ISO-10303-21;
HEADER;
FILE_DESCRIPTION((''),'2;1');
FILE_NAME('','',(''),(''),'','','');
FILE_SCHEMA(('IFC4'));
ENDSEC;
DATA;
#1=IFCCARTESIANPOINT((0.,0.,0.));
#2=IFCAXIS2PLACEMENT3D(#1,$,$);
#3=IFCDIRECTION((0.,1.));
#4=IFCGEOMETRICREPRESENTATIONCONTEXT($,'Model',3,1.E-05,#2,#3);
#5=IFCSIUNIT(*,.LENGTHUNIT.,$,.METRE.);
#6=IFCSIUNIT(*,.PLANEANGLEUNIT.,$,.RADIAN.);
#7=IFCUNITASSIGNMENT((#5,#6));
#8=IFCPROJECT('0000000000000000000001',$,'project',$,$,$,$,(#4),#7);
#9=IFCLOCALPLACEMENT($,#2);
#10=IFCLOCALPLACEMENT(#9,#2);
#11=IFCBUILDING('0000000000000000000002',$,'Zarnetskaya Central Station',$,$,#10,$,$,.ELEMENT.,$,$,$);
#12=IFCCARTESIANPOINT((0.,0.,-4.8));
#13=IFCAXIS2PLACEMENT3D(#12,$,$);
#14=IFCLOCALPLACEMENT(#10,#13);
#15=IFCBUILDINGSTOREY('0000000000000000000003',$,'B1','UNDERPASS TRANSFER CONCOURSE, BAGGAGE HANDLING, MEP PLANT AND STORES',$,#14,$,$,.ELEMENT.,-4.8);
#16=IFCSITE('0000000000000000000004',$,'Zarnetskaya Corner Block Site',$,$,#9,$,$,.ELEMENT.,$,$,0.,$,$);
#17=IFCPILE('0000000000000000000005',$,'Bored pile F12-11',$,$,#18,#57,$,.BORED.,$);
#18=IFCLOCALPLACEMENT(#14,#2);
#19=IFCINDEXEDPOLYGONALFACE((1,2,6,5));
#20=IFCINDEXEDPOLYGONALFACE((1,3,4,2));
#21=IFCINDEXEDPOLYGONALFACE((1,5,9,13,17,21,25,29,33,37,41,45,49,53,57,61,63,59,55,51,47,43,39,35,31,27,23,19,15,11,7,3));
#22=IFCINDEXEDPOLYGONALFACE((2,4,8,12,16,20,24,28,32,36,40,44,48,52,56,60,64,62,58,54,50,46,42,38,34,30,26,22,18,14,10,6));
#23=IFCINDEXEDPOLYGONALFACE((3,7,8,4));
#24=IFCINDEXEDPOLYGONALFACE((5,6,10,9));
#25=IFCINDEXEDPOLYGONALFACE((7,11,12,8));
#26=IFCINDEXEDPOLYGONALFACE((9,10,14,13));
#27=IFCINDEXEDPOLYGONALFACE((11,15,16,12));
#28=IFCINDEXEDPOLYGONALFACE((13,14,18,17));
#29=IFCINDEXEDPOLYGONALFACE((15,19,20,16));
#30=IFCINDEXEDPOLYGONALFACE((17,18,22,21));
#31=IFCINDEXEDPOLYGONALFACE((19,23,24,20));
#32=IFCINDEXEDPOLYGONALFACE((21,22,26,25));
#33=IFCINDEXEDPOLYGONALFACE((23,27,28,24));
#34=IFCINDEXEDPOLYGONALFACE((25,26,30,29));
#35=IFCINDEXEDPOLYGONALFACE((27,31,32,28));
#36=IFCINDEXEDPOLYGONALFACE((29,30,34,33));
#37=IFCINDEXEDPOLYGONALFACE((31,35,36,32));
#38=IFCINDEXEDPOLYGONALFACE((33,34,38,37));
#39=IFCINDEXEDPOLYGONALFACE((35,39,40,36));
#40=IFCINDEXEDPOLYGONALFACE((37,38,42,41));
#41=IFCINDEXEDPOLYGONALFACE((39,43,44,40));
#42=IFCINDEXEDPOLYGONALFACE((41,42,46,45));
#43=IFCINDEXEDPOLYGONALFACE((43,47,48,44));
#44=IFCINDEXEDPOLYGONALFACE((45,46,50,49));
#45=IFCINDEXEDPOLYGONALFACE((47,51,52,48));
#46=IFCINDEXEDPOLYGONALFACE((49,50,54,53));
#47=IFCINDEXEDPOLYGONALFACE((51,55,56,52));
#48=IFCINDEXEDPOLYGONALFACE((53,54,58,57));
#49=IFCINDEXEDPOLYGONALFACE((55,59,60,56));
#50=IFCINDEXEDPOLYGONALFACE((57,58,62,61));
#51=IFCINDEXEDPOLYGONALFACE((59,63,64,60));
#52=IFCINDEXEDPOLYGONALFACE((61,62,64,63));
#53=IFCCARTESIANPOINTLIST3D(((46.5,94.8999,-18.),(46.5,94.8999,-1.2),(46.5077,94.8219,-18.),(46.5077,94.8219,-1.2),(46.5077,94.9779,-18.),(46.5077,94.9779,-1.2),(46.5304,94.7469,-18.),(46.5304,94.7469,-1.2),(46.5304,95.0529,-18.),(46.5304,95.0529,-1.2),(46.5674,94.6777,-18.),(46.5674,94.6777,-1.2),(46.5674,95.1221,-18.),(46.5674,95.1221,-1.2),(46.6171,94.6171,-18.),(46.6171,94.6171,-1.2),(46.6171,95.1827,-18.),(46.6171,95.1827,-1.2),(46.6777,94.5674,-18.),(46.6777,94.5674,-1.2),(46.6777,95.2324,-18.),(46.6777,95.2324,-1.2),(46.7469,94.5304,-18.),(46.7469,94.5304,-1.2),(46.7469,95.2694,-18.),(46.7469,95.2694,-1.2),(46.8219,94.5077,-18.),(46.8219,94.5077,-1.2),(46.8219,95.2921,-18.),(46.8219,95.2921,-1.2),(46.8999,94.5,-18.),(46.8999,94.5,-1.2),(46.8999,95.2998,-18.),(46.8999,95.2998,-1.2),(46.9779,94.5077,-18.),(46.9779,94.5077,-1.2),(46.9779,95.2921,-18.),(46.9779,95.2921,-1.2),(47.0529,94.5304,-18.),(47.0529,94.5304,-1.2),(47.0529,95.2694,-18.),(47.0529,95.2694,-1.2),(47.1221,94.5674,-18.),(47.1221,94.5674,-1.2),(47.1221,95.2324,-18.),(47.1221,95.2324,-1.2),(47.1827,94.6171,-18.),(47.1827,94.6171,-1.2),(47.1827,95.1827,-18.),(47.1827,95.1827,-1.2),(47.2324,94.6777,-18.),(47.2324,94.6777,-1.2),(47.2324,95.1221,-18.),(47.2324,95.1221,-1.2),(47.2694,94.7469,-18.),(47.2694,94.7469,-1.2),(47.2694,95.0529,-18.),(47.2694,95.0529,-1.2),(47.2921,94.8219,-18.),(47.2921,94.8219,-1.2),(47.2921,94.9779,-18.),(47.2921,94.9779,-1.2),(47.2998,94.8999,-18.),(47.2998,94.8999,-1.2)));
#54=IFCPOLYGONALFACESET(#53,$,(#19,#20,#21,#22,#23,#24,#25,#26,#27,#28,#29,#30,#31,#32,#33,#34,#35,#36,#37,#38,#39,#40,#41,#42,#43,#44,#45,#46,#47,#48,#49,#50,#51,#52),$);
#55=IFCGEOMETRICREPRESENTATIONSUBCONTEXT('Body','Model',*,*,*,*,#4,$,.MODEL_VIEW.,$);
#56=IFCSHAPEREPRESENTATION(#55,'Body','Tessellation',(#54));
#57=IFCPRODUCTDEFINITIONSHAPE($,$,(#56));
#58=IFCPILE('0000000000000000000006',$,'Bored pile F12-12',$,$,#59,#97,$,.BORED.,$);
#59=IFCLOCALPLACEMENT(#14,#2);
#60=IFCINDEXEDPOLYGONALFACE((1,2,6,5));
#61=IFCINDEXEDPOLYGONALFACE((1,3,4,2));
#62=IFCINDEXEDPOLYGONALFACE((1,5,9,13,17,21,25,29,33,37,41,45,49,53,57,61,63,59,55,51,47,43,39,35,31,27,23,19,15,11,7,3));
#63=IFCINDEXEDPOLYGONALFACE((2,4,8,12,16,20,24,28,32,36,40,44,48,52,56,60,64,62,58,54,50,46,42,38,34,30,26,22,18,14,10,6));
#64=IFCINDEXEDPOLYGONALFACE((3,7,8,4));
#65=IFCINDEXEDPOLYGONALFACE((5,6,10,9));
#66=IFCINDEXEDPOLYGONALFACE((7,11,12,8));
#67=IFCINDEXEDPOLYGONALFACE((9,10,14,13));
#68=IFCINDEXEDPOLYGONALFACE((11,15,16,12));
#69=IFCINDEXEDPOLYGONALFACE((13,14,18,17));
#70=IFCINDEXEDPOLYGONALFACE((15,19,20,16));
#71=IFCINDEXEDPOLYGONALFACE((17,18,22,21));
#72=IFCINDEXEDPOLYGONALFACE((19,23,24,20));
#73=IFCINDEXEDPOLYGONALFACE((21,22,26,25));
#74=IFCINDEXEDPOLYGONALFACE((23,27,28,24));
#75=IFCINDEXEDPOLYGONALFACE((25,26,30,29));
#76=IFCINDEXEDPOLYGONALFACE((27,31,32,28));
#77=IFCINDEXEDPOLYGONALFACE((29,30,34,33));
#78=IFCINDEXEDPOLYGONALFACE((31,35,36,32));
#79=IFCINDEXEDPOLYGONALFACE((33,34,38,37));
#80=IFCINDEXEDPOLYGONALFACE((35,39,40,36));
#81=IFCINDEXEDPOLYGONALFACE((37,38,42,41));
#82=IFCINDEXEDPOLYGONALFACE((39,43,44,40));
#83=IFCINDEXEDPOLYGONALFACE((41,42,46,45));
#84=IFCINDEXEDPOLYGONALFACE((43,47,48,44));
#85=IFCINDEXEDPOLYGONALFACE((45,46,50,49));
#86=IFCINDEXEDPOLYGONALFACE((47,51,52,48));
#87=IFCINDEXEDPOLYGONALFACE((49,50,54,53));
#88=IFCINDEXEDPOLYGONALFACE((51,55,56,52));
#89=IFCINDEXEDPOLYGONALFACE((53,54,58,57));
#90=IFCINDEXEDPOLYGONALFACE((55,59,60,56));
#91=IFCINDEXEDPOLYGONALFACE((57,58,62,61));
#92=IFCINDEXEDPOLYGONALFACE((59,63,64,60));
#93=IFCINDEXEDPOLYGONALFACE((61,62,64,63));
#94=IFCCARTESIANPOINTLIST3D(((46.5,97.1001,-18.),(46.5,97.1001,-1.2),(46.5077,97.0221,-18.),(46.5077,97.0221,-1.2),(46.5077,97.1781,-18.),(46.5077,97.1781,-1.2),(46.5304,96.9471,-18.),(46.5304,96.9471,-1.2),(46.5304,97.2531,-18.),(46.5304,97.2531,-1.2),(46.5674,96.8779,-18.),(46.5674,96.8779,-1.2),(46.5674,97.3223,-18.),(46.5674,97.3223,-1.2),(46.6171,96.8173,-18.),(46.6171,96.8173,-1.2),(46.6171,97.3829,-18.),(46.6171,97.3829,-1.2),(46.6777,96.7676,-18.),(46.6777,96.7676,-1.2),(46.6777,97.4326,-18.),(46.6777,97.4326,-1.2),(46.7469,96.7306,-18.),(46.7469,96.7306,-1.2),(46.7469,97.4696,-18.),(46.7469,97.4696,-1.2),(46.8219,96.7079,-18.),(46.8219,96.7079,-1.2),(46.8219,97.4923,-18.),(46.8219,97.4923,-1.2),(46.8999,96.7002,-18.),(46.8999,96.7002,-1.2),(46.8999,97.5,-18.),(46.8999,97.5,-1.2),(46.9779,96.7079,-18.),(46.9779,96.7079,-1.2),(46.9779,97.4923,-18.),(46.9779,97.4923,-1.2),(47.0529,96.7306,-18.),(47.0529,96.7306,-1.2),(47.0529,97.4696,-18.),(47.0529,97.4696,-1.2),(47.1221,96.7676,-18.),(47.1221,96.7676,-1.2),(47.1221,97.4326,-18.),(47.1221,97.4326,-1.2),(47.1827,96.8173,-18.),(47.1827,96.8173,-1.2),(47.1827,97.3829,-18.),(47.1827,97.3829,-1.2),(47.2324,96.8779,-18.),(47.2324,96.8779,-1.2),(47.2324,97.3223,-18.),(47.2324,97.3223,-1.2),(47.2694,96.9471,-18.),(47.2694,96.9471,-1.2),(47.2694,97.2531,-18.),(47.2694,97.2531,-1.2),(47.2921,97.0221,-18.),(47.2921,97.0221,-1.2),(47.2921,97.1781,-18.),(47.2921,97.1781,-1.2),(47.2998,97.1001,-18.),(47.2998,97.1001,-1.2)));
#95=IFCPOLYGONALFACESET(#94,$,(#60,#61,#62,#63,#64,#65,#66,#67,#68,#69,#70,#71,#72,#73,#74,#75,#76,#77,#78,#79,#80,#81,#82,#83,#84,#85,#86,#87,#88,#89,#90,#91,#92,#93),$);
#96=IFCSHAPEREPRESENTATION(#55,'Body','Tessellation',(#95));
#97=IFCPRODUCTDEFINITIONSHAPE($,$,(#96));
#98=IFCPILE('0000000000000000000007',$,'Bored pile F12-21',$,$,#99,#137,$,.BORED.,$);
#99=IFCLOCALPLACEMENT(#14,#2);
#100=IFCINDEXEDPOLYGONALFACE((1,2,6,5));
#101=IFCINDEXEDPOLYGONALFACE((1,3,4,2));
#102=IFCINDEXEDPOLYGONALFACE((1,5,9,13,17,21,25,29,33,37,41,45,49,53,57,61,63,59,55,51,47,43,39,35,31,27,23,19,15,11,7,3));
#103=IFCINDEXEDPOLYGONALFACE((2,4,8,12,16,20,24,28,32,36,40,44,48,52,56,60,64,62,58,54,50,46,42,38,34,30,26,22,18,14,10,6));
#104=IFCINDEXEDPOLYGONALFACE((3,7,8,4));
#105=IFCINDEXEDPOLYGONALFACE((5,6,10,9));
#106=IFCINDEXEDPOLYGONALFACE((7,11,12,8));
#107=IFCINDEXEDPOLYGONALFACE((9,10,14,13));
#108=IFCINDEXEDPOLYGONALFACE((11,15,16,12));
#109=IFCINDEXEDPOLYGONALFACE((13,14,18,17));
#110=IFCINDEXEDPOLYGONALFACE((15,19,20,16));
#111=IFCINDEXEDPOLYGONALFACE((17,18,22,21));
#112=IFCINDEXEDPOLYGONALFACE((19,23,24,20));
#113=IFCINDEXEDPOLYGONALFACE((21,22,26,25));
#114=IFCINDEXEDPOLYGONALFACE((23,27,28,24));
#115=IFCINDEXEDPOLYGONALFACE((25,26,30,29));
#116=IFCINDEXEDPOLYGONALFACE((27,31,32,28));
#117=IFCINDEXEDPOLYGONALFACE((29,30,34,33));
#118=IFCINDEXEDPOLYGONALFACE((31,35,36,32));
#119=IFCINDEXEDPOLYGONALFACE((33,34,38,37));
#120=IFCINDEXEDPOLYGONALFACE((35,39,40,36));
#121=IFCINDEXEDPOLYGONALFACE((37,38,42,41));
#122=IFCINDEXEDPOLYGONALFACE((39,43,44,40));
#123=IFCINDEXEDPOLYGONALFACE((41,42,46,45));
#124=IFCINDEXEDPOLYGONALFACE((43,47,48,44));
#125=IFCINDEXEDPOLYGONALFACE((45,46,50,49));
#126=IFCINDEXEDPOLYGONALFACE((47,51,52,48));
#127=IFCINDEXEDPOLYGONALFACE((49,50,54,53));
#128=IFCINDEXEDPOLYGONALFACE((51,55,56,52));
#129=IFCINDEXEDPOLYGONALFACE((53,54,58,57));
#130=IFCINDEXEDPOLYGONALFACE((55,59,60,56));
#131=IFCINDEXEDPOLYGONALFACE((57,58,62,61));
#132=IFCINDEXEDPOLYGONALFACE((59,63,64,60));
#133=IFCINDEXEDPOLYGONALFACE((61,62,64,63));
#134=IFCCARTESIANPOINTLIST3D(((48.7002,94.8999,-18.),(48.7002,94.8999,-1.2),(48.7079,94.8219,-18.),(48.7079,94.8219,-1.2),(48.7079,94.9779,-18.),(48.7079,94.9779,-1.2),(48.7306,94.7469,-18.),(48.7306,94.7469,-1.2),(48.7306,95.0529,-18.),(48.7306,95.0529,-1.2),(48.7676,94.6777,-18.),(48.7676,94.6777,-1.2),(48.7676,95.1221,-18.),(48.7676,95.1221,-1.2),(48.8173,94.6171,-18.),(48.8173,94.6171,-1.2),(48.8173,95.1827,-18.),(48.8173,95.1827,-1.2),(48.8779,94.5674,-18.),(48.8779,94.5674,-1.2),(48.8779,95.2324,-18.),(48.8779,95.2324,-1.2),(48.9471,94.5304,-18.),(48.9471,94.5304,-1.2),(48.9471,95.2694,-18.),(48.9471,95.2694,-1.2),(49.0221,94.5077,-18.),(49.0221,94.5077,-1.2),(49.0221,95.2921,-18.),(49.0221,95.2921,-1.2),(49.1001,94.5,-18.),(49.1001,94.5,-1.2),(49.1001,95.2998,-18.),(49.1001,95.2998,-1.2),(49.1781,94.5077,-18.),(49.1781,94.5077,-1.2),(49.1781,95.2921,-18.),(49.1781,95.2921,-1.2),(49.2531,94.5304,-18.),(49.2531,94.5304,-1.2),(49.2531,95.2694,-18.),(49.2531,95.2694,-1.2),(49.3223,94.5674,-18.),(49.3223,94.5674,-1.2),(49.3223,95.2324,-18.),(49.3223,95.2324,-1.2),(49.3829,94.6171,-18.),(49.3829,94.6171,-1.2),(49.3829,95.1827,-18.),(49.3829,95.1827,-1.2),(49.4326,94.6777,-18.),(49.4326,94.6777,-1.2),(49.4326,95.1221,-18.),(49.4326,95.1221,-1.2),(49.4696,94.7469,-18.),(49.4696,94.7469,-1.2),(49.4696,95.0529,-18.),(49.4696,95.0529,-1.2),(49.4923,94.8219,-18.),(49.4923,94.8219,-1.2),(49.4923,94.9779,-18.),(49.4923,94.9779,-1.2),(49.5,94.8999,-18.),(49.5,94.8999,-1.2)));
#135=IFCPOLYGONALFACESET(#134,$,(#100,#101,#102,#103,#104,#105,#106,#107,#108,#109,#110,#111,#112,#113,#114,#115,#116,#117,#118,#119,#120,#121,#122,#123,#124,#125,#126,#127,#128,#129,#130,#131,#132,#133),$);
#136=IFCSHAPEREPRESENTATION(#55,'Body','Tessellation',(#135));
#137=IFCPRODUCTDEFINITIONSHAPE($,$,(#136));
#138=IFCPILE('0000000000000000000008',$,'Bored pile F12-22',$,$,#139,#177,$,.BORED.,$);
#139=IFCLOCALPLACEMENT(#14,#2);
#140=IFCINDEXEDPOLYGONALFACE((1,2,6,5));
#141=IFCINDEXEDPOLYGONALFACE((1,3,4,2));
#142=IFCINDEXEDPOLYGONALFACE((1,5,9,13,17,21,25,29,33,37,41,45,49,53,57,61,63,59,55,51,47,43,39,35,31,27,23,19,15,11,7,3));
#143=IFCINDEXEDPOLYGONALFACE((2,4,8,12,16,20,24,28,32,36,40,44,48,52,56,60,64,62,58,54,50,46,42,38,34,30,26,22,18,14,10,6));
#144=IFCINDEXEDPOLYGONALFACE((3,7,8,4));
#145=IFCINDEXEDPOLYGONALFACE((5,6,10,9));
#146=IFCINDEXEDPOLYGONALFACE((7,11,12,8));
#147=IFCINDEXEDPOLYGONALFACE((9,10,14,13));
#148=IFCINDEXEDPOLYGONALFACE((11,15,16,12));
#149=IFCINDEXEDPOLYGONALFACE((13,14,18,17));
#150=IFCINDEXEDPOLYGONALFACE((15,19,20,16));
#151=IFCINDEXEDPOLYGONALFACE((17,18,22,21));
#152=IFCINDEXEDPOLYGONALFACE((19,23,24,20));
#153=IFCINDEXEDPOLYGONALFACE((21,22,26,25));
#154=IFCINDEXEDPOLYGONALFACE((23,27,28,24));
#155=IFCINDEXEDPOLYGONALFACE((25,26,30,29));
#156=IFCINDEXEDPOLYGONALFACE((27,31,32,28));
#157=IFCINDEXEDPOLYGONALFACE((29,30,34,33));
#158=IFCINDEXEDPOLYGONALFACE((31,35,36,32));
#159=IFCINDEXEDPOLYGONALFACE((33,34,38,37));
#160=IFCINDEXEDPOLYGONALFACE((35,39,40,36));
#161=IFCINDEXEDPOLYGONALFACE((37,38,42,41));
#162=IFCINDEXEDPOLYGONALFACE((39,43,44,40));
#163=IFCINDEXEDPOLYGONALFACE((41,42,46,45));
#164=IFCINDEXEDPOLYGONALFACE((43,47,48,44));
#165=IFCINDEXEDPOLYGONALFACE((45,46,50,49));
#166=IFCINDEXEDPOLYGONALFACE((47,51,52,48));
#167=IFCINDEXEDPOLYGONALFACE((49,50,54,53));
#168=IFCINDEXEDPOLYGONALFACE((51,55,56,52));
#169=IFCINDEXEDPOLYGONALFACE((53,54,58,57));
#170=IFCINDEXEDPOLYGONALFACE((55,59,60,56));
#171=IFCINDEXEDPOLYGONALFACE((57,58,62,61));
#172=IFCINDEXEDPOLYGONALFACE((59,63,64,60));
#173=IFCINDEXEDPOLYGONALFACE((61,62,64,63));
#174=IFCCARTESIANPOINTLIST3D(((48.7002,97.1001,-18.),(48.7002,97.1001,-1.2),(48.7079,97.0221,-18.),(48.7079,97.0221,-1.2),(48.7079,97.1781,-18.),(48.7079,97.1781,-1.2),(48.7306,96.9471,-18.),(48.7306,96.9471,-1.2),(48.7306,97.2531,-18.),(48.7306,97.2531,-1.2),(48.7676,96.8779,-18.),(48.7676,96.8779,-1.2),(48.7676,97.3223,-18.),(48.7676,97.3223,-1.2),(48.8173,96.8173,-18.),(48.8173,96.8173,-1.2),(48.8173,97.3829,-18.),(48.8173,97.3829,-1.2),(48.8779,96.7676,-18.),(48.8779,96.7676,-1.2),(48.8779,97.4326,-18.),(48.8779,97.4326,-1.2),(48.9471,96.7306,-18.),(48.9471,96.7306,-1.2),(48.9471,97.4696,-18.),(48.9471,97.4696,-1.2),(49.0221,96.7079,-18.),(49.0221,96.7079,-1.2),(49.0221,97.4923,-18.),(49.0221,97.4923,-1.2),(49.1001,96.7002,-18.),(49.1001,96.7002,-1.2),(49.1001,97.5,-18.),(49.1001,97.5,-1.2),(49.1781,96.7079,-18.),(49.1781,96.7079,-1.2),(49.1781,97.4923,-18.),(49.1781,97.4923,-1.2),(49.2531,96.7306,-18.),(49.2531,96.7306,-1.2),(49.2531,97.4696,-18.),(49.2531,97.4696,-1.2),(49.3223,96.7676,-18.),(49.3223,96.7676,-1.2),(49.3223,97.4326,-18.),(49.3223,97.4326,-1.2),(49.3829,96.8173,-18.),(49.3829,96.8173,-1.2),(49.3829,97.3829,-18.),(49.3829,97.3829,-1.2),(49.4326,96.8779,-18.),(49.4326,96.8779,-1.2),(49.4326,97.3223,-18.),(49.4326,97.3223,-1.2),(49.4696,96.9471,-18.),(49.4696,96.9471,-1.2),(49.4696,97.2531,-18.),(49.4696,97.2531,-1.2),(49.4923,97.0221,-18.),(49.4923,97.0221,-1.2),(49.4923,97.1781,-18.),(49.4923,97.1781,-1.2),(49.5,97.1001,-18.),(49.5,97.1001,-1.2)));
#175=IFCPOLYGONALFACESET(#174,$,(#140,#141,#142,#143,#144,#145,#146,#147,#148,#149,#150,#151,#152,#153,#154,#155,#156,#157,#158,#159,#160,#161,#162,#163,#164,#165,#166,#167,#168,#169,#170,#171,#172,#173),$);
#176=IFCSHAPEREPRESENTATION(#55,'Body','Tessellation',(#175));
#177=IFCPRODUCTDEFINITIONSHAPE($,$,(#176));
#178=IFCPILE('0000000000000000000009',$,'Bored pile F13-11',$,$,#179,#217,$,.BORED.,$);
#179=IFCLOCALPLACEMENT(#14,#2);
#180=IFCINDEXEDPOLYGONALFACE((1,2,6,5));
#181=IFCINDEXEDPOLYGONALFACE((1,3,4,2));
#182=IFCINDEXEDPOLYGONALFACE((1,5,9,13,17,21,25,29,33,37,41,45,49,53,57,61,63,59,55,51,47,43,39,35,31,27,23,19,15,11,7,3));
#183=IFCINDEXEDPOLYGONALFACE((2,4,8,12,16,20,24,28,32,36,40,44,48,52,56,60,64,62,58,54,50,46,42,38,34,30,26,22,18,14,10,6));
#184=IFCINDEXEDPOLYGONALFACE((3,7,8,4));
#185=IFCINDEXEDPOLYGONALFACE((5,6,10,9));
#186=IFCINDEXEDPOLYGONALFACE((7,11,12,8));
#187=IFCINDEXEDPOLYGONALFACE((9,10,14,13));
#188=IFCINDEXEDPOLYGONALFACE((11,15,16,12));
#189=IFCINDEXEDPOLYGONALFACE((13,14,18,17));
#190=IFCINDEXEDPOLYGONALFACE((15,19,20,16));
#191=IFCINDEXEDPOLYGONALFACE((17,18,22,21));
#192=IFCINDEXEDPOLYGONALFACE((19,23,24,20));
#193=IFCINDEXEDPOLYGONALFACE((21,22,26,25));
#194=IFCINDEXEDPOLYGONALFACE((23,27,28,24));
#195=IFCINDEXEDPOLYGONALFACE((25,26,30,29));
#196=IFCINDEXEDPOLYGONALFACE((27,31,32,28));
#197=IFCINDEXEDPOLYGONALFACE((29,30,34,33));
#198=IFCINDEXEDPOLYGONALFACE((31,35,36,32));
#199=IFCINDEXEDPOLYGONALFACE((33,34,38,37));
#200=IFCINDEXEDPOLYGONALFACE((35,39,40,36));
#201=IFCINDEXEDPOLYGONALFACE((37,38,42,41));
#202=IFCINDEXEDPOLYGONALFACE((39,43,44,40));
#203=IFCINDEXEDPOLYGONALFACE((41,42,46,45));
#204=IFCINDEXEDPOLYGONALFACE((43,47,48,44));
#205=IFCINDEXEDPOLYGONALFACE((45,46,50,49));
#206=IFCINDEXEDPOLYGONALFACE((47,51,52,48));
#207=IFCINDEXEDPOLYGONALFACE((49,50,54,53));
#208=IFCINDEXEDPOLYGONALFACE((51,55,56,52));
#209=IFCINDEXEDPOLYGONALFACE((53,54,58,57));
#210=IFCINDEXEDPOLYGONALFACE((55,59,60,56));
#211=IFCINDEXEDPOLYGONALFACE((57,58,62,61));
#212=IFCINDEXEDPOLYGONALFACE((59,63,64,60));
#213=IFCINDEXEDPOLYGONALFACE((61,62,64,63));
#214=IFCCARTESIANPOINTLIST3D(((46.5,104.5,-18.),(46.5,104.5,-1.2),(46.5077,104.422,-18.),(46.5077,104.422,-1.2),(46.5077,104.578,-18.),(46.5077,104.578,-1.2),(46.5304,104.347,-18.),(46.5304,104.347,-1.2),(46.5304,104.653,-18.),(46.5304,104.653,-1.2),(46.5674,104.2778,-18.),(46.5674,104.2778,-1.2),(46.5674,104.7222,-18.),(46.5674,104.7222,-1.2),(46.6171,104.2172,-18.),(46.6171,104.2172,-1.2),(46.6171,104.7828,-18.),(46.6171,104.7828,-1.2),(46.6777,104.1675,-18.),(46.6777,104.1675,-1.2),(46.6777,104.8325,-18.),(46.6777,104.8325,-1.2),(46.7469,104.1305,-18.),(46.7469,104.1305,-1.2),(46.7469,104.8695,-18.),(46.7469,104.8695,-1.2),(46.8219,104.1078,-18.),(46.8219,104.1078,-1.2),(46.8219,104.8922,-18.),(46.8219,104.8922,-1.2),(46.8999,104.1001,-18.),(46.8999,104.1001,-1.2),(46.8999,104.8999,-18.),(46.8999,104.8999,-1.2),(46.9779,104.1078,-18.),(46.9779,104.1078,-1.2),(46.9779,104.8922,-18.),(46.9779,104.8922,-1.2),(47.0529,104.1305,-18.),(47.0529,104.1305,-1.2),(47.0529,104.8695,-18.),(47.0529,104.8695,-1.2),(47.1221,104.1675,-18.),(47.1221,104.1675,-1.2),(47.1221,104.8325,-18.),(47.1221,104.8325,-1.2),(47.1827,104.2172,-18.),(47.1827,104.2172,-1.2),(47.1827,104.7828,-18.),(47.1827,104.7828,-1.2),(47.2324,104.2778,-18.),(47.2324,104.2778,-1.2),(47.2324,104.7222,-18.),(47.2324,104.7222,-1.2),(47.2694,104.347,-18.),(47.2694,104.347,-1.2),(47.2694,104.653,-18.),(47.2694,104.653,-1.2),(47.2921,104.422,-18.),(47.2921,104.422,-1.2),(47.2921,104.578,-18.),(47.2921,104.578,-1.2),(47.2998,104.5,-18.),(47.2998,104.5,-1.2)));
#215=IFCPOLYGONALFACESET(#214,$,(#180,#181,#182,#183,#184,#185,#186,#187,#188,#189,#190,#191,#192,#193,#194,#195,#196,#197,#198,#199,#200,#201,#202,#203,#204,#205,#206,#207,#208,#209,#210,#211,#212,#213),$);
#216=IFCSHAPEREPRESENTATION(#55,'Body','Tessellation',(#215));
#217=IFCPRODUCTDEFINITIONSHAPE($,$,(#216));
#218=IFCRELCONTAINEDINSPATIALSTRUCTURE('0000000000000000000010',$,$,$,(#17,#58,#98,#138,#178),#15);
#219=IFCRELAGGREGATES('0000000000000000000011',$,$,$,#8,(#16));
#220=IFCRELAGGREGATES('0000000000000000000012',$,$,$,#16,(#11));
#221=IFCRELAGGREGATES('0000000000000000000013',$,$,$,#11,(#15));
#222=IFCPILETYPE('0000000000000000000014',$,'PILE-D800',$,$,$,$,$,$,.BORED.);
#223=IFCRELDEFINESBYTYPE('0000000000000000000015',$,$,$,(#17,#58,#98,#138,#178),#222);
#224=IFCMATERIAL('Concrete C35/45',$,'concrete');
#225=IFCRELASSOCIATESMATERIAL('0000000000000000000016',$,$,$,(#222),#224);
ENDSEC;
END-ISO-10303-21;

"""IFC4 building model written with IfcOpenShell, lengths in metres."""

from ifc_helpers import new_model, si_unit, direction, frame, origin, origin_2d, place, context, subcontext, project, spatial, circle, extrude, material, material_profile, profile_set, type_object, element, save


model = new_model("IFC4")

# Units and contexts
model_context = context("Model", 3, precision=1e-05, world=origin(), true_north=direction((0.0, 1.0)))
body_context = subcontext(model_context, "Body", "Model", "MODEL_VIEW")
ifc_project = project(units=[si_unit("LENGTHUNIT", "METRE"), si_unit("PLANEANGLEUNIT", "RADIAN")], contexts=[model_context])

# Site, building, storey
site_placement = place(None, origin())
site = spatial("IfcSite", under=ifc_project, at=site_placement, Name="Zarnetskaya Corner Block Site", CompositionType="ELEMENT", RefElevation=0.0)
building_placement = place(site_placement, origin())
building = spatial("IfcBuilding", under=site, at=building_placement, Name="Zarnetskaya Central Station", CompositionType="ELEMENT")
storey_placement = place(building_placement, frame((0.0, 0.0, -4.8)))
storey = spatial("IfcBuildingStorey", under=building, at=storey_placement, Name="B1", Description="UNDERPASS TRANSFER CONCOURSE, BAGGAGE HANDLING, MEP PLANT AND STORES", CompositionType="ELEMENT", Elevation=-4.8)

# Shared definitions
ifc_material = material(Name="Concrete C35/45", Category="concrete")

# Piles
ifc_material_profile_1 = material_profile(ifc_material, circle(Radius=0.3999, at=origin_2d()), Name="BORED PILE D800")
ifc_profile_set_1 = profile_set([ifc_material_profile_1], Name="Concrete C35/45")
pile_type_1 = type_object("IfcPileType", Name="PILE-D800", PredefinedType="BORED", material=ifc_profile_set_1)
for number, where, z_axis, x_axis, name in (
    (1, (46.8999, 94.8999, -1.2), (0.0, 0.0, -1.0), (1.0, 0.0, 0.0), "Bored pile F12-11"),
    (2, (46.8999, 97.1001, -1.2), (0.0, 0.0, -1.0), (1.0, 0.0, 0.0), "Bored pile F12-12"),
    (3, (49.1001, 94.8999, -1.2), (0.0, 0.0, -1.0), (1.0, 0.0, 0.0), "Bored pile F12-21"),
    (4, (49.1001, 97.1001, -1.2), (0.0, 0.0, -1.0), (1.0, 0.0, 0.0), "Bored pile F12-22"),
    (5, (46.8999, 104.5, -1.2), (0.0, 0.0, -1.0), (1.0, 0.0, 0.0), "Bored pile F13-11"),
):
    element("IfcPile", number, at=place(storey_placement, frame(where, z_axis=z_axis, x_axis=x_axis)), inside=storey, type_object=pile_type_1, Name=name, PredefinedType="BORED", context=body_context, shape_type="SweptSolid", body=[
        extrude(circle(Radius=0.3999, at=origin_2d()), origin(), (0.0, 0.0, 1.0), 16.8),
    ])

save(model, "model.ifc")
